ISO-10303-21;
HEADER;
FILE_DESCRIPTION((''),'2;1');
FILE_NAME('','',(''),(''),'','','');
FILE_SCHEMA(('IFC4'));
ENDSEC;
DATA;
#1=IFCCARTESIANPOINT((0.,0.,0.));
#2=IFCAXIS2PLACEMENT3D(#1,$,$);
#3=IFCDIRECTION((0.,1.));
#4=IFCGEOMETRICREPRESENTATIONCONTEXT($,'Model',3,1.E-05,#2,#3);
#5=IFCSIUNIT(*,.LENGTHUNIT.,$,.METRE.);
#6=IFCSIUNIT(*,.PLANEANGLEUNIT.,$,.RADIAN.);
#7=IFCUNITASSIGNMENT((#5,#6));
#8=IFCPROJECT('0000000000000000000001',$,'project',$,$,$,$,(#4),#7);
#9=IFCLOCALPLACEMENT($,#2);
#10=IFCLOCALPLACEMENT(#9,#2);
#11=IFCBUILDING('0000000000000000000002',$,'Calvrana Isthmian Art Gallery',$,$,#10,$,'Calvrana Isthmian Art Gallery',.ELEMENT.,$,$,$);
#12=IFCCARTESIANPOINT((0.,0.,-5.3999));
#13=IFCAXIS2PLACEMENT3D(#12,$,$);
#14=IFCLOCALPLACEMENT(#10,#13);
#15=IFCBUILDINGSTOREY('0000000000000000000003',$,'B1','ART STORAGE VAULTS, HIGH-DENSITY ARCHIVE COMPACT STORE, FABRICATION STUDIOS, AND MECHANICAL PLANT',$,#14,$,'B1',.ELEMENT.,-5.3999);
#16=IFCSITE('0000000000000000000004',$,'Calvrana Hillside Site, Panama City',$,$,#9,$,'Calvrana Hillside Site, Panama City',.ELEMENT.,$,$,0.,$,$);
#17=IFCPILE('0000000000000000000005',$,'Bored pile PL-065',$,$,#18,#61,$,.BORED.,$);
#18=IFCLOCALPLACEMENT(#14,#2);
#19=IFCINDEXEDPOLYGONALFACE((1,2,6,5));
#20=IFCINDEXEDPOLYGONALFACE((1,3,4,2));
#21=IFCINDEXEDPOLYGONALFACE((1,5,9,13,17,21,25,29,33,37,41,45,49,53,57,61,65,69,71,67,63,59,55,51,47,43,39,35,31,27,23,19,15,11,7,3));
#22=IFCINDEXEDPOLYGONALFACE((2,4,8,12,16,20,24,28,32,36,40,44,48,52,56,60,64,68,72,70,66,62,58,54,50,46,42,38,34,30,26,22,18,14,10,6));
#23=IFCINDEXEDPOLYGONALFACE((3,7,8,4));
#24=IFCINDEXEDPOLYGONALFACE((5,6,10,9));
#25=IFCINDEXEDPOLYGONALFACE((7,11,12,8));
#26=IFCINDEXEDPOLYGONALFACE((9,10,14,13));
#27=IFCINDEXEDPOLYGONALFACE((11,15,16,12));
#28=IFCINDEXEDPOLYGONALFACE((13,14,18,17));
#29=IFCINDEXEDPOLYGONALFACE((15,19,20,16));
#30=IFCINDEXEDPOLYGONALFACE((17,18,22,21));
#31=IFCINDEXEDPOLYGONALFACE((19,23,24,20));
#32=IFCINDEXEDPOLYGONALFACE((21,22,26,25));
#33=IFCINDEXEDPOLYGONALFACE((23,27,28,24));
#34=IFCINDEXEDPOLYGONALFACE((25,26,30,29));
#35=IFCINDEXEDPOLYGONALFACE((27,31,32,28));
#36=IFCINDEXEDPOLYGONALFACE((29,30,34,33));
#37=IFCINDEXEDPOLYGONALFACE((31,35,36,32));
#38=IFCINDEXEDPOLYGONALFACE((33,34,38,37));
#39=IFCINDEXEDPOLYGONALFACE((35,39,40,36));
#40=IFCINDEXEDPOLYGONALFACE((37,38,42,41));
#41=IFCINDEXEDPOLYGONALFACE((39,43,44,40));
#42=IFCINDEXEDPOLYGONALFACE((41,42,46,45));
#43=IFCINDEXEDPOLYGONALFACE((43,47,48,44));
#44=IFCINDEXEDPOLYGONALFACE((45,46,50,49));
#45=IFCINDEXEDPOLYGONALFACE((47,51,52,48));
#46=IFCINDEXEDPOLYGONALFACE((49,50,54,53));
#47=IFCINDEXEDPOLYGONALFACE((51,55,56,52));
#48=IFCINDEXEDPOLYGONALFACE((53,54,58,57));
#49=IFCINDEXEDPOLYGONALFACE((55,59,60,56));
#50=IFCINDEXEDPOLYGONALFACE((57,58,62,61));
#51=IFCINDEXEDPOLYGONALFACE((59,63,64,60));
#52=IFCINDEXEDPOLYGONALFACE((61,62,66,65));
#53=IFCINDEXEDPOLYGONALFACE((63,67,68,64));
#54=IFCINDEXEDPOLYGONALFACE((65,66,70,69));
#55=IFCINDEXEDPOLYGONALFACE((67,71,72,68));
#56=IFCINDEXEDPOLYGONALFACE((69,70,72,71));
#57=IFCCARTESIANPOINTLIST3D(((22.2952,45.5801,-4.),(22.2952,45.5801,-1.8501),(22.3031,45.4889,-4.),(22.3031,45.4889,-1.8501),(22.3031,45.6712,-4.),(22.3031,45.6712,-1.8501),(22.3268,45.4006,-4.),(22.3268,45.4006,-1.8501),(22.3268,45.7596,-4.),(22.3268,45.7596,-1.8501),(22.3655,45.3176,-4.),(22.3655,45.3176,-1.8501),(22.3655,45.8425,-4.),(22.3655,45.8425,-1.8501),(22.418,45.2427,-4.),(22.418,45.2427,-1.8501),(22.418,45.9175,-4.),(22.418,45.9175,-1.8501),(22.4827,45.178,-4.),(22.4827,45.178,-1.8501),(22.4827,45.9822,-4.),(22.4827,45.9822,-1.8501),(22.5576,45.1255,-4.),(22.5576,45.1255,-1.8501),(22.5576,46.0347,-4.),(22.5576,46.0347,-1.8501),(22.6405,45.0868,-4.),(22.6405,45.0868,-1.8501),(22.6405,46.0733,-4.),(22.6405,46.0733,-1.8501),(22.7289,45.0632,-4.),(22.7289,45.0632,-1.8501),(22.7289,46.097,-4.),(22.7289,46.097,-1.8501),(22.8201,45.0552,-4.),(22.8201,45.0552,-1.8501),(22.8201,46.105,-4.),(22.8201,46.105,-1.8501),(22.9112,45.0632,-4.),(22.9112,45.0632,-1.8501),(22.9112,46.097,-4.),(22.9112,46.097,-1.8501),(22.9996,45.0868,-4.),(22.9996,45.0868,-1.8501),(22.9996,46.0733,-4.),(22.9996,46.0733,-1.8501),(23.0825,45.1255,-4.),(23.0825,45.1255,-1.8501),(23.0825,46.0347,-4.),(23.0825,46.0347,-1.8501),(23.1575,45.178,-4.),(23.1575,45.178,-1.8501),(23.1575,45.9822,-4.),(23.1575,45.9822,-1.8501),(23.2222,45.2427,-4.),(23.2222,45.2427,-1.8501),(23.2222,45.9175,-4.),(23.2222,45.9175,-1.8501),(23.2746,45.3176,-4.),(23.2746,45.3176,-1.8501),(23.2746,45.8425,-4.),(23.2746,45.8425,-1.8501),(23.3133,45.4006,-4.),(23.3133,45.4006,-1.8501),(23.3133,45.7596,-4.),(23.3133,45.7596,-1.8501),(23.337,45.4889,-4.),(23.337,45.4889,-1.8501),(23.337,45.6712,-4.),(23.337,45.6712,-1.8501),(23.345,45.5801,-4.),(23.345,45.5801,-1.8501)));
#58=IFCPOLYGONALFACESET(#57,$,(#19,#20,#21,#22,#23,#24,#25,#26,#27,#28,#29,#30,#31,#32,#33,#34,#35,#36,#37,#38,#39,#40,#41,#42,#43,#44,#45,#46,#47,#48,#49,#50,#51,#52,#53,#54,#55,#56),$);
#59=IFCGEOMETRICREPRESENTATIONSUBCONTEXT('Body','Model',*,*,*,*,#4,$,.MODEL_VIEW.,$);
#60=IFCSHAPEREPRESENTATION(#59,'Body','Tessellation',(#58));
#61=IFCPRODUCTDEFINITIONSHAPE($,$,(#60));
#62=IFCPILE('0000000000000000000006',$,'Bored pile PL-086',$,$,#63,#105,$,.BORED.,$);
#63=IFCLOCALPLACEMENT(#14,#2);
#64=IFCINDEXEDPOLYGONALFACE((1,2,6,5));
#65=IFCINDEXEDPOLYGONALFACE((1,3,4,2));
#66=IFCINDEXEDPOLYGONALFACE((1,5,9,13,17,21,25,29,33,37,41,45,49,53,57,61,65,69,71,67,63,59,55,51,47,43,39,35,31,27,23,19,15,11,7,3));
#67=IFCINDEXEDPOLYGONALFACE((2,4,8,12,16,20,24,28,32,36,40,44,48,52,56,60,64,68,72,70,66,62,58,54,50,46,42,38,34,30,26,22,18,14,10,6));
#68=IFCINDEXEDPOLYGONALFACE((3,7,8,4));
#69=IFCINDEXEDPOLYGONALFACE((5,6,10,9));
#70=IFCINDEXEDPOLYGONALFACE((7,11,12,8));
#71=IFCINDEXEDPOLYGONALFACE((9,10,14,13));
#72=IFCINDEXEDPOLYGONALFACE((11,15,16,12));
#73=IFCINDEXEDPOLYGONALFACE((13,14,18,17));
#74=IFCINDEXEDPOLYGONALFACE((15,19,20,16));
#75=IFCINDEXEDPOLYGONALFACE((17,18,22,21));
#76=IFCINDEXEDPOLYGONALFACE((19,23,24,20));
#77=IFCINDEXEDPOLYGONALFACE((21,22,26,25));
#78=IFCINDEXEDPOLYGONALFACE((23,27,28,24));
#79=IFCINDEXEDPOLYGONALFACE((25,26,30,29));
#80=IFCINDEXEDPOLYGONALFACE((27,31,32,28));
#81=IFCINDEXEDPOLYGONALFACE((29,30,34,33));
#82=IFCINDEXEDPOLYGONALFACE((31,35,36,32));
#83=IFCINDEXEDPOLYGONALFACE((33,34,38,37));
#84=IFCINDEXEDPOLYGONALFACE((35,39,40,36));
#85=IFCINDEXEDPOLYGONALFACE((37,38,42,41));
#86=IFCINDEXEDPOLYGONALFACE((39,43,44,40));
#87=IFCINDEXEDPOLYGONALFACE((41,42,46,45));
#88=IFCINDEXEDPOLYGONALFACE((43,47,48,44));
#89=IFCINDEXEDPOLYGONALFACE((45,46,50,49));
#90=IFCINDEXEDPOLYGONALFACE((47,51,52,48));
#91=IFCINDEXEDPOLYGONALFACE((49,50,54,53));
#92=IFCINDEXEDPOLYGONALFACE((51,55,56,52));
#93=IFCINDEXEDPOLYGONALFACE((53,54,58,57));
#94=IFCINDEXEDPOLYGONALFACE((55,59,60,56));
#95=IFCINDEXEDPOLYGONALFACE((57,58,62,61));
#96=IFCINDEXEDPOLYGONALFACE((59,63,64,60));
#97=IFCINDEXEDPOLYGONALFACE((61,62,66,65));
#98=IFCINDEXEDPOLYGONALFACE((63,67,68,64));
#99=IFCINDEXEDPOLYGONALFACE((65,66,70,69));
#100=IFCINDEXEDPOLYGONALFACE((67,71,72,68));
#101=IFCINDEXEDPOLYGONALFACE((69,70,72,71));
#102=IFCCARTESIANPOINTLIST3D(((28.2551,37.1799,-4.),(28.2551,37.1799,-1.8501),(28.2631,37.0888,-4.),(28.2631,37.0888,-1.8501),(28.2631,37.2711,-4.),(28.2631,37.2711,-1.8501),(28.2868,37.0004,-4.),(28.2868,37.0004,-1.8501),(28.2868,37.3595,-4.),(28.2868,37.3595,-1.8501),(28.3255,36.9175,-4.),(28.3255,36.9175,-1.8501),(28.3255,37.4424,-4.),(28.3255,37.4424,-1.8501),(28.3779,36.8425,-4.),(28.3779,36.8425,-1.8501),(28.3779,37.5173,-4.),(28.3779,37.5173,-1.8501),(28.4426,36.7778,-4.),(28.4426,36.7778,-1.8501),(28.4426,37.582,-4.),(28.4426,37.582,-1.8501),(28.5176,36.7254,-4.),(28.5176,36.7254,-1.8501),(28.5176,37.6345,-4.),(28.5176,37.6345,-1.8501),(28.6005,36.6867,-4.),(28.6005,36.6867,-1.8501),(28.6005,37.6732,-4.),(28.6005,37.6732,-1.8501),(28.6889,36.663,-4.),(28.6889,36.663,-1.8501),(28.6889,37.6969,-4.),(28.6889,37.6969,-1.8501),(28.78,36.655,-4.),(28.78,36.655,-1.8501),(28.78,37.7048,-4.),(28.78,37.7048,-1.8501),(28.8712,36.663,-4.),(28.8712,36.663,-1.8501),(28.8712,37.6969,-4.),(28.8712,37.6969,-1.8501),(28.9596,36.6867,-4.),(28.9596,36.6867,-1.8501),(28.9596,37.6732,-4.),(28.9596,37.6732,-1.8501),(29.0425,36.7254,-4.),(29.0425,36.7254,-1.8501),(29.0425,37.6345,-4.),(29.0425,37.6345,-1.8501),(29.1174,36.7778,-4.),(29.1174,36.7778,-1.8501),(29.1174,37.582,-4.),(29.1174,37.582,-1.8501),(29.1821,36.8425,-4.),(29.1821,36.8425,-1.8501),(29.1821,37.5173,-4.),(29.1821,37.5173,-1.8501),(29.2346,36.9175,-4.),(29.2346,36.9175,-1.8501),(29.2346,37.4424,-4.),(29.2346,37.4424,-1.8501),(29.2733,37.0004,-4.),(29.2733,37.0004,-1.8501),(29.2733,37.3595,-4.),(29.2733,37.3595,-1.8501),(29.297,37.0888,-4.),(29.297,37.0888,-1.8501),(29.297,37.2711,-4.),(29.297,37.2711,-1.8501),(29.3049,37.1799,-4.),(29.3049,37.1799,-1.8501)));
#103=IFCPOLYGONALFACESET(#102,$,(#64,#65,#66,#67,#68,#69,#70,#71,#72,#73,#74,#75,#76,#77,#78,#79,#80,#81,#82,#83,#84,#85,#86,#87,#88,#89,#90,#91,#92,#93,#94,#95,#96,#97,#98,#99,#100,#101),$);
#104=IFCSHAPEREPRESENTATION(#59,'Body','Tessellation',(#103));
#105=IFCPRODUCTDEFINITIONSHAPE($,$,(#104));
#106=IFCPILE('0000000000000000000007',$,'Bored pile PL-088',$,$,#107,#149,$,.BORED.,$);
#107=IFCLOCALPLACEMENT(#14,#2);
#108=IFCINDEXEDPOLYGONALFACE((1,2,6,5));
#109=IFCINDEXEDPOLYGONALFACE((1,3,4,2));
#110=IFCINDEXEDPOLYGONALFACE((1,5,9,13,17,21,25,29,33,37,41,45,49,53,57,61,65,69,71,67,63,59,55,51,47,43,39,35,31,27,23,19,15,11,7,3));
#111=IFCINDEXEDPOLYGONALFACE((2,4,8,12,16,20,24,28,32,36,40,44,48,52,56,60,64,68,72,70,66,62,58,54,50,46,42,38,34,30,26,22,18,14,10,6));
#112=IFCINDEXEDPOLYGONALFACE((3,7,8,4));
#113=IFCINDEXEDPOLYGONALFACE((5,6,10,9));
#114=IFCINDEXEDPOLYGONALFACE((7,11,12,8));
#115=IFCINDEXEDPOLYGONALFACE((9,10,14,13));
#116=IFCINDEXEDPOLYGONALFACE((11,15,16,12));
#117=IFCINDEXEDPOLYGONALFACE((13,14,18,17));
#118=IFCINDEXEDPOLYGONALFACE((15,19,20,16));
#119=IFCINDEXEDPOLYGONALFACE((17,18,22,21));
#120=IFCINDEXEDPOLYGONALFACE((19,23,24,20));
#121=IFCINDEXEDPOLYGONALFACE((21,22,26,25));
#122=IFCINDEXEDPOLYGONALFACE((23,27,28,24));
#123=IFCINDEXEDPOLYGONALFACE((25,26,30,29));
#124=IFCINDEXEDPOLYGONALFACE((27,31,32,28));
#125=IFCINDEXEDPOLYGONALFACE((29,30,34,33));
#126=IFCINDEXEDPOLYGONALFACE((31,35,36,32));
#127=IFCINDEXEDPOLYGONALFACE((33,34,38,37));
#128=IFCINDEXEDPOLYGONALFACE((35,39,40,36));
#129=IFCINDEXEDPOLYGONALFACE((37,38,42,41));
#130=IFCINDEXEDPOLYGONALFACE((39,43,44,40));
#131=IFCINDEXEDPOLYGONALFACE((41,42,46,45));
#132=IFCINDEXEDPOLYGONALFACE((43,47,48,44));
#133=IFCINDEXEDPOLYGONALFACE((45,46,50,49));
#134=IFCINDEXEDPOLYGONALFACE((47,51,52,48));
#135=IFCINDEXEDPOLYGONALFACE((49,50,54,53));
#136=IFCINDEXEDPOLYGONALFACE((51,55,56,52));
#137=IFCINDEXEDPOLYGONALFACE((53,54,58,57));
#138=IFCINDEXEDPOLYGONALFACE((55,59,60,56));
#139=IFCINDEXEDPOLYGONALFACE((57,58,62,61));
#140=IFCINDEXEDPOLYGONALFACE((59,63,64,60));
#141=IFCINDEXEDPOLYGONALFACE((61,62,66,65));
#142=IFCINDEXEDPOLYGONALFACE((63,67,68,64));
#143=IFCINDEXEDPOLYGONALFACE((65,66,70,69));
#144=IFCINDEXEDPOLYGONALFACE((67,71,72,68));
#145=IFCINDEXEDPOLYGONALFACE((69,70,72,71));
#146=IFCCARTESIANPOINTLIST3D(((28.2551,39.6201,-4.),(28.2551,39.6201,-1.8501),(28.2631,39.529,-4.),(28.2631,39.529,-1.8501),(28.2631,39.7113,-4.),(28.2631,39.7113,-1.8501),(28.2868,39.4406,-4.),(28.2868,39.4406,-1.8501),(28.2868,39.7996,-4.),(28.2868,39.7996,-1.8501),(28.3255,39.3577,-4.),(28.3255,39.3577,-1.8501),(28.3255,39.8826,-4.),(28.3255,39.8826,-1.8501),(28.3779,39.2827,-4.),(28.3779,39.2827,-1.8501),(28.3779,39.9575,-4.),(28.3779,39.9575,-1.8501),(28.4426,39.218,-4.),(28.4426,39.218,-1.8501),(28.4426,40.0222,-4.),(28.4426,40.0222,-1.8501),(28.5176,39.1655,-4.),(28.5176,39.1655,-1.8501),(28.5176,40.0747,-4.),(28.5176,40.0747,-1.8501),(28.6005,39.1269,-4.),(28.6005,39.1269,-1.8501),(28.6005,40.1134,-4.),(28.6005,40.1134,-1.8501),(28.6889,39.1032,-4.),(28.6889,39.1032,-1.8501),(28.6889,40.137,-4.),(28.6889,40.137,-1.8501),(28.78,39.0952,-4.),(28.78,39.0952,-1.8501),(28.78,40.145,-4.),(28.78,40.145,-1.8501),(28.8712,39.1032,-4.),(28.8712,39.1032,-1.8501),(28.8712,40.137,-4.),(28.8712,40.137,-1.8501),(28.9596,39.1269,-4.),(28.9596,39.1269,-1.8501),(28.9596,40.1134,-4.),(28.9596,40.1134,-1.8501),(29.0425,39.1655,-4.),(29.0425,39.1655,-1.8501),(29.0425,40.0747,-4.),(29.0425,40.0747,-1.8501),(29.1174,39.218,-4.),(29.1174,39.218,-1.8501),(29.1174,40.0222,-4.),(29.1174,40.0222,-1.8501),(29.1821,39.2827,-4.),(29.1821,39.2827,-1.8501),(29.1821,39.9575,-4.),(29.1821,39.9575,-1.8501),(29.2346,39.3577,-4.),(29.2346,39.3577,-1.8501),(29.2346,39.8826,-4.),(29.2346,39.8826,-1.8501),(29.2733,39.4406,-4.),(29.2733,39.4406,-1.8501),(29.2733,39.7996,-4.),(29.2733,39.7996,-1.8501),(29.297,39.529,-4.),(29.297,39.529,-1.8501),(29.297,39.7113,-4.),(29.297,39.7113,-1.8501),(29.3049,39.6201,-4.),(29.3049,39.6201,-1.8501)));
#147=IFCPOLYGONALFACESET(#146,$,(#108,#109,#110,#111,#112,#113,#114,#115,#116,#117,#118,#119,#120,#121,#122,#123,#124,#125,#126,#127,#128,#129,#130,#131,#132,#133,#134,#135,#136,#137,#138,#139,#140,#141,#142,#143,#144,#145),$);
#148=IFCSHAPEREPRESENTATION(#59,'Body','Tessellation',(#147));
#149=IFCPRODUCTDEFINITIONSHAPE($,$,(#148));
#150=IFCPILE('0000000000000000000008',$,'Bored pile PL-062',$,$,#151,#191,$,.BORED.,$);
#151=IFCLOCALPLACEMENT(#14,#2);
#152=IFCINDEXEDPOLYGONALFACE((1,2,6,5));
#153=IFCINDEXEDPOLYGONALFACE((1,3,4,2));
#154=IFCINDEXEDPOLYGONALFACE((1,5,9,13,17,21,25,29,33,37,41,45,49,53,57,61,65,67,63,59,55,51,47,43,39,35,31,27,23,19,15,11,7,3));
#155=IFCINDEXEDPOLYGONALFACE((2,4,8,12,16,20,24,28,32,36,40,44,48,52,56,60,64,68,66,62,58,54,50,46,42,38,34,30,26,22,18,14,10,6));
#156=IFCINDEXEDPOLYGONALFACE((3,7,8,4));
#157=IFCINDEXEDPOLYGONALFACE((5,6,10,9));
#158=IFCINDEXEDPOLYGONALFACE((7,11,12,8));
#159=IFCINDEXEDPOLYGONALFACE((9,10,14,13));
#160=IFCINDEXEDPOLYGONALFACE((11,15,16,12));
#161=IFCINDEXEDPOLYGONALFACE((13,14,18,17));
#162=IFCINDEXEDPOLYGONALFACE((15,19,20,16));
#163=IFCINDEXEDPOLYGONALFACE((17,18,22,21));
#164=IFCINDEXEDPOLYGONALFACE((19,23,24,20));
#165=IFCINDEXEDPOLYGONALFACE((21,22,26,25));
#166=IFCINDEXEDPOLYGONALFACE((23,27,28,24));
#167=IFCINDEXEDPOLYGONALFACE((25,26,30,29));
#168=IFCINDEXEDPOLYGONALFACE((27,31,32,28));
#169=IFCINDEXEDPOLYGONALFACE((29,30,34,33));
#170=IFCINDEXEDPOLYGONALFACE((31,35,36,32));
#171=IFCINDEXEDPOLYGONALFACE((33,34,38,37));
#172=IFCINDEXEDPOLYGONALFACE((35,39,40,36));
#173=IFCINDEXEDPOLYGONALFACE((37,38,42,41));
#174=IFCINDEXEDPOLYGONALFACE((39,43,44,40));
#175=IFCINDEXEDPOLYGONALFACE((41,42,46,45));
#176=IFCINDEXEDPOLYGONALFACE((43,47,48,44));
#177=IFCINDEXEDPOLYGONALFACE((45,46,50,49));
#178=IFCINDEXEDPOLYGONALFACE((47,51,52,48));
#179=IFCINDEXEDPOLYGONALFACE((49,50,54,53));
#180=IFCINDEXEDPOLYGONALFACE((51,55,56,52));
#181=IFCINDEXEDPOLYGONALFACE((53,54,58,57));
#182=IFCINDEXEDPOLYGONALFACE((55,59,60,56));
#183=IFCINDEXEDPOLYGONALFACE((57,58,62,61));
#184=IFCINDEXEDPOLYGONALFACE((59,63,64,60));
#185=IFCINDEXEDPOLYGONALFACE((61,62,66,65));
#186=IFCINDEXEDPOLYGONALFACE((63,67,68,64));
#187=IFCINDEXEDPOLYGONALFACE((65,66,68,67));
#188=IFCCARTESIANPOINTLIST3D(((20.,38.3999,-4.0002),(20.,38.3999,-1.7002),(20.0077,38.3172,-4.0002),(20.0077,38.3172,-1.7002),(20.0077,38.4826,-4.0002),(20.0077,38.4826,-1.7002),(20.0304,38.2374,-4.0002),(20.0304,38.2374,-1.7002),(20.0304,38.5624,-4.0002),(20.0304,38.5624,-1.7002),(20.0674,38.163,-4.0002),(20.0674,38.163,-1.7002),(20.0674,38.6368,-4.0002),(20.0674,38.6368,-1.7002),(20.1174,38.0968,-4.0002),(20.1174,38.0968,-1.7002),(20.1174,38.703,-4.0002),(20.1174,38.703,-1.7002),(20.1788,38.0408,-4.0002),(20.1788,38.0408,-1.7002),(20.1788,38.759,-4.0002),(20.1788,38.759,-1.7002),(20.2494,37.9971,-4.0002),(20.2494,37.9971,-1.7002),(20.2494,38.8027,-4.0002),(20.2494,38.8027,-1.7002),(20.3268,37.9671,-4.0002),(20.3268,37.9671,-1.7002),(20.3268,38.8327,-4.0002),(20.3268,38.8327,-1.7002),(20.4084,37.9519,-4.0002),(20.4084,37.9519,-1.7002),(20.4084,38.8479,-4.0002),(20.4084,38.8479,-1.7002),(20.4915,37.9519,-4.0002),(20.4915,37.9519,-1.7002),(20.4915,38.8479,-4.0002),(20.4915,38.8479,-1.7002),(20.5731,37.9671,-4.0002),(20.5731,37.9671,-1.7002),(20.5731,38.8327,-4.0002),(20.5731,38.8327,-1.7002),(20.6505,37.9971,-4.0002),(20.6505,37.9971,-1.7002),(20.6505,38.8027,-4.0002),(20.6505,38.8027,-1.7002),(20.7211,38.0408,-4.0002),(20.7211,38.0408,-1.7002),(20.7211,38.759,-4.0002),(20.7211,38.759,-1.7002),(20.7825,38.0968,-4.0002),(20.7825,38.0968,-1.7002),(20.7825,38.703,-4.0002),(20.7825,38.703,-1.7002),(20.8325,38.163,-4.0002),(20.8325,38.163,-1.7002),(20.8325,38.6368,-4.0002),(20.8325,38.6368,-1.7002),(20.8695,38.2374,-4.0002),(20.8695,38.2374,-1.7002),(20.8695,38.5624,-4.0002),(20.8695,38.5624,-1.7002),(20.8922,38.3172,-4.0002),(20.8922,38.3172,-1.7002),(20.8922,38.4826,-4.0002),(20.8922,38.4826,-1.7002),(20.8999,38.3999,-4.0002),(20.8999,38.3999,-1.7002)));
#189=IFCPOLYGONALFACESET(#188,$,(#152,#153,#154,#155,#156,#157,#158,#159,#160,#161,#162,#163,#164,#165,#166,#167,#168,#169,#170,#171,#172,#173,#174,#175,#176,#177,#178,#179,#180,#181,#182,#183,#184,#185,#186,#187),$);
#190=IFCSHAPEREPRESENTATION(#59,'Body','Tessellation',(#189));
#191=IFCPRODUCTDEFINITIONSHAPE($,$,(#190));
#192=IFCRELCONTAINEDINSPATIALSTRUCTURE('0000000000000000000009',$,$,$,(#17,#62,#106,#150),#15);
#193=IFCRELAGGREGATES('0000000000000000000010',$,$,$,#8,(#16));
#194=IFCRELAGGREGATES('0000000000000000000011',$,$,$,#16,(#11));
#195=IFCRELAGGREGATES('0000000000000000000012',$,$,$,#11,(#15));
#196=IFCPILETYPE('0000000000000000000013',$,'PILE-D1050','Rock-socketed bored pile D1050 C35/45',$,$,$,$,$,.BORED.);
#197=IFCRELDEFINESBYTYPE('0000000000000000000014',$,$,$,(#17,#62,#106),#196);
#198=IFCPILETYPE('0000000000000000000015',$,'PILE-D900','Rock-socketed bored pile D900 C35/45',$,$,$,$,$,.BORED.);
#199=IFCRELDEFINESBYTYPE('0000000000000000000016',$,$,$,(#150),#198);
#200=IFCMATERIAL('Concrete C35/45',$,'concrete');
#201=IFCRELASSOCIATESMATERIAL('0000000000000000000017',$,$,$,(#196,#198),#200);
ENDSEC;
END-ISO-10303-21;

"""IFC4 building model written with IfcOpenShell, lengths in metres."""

from ifc_helpers import new_model, si_unit, direction, frame, origin, origin_2d, place, context, subcontext, project, spatial, circle, extrude, material, material_profile, profile_set, type_object, element, save


model = new_model("IFC4")

# Units and contexts
model_context = context("Model", 3, precision=1e-05, world=origin(), true_north=direction((0.0, 1.0)))
body_context = subcontext(model_context, "Body", "Model", "MODEL_VIEW")
ifc_project = project(units=[si_unit("LENGTHUNIT", "METRE"), si_unit("PLANEANGLEUNIT", "RADIAN")], contexts=[model_context])

# Site, building, storey
site_placement = place(None, origin())
site = spatial("IfcSite", under=ifc_project, at=site_placement, Name="Calvrana Hillside Site, Panama City", LongName="Calvrana Hillside Site, Panama City", CompositionType="ELEMENT", RefElevation=0.0)
building_placement = place(site_placement, origin())
building = spatial("IfcBuilding", under=site, at=building_placement, Name="Calvrana Isthmian Art Gallery", LongName="Calvrana Isthmian Art Gallery", CompositionType="ELEMENT")
storey_placement = place(building_placement, frame((0.0, 0.0, -5.3999)))
storey = spatial("IfcBuildingStorey", under=building, at=storey_placement, Name="B1", Description="ART STORAGE VAULTS, HIGH-DENSITY ARCHIVE COMPACT STORE, FABRICATION STUDIOS, AND MECHANICAL PLANT", LongName="B1", CompositionType="ELEMENT", Elevation=-5.3999)

# Shared definitions
ifc_material_1 = material(Name="Concrete C35/45", Category="concrete")

# Piles
ifc_material_profile_1 = material_profile(ifc_material_1, circle(Radius=0.5249, at=origin_2d()), Name="PILE1050D")
ifc_profile_set_1 = profile_set([ifc_material_profile_1], Name="Concrete C35/45")
pile_type_1 = type_object("IfcPileType", Name="PILE-D1050", Description="Rock-socketed bored pile D1050 C35/45", PredefinedType="BORED", material=ifc_profile_set_1)
for number, where, z_axis, x_axis, name in (
    (1, (22.8201, 45.5801, -1.8501), (0.0, 0.0, -1.0), (1.0, 0.0, 0.0), "Bored pile PL-065"),
    (2, (28.78, 37.1799, -1.8501), (0.0, 0.0, -1.0), (1.0, 0.0, 0.0), "Bored pile PL-086"),
    (3, (28.78, 39.6201, -1.8501), (0.0, 0.0, -1.0), (1.0, 0.0, 0.0), "Bored pile PL-088"),
):
    element("IfcPile", number, at=place(storey_placement, frame(where, z_axis=z_axis, x_axis=x_axis)), inside=storey, type_object=pile_type_1, Name=name, PredefinedType="BORED", context=body_context, shape_type="SweptSolid", body=[
        extrude(circle(Radius=0.5249, at=origin_2d()), origin(), (0.0, 0.0, 1.0), 2.1499),
    ])
ifc_material_profile_2 = material_profile(ifc_material_1, circle(Radius=0.45, at=origin_2d()), Name="PILE900D")
ifc_profile_set_2 = profile_set([ifc_material_profile_2], Name="Concrete C35/45")
pile_type_2 = type_object("IfcPileType", Name="PILE-D900", Description="Rock-socketed bored pile D900 C35/45", PredefinedType="BORED", material=ifc_profile_set_2)
for number, where, z_axis, x_axis, name in (
    (4, (20.45, 38.3999, -1.7002), (0.0, 0.0, -1.0), (1.0, 0.0, 0.0), "Bored pile PL-062"),
):
    element("IfcPile", number, at=place(storey_placement, frame(where, z_axis=z_axis, x_axis=x_axis)), inside=storey, type_object=pile_type_2, Name=name, PredefinedType="BORED", context=body_context, shape_type="SweptSolid", body=[
        extrude(circle(Radius=0.45, at=origin_2d()), origin(), (0.0, 0.0, 1.0), 2.3),
    ])

save(model, "model.ifc")
